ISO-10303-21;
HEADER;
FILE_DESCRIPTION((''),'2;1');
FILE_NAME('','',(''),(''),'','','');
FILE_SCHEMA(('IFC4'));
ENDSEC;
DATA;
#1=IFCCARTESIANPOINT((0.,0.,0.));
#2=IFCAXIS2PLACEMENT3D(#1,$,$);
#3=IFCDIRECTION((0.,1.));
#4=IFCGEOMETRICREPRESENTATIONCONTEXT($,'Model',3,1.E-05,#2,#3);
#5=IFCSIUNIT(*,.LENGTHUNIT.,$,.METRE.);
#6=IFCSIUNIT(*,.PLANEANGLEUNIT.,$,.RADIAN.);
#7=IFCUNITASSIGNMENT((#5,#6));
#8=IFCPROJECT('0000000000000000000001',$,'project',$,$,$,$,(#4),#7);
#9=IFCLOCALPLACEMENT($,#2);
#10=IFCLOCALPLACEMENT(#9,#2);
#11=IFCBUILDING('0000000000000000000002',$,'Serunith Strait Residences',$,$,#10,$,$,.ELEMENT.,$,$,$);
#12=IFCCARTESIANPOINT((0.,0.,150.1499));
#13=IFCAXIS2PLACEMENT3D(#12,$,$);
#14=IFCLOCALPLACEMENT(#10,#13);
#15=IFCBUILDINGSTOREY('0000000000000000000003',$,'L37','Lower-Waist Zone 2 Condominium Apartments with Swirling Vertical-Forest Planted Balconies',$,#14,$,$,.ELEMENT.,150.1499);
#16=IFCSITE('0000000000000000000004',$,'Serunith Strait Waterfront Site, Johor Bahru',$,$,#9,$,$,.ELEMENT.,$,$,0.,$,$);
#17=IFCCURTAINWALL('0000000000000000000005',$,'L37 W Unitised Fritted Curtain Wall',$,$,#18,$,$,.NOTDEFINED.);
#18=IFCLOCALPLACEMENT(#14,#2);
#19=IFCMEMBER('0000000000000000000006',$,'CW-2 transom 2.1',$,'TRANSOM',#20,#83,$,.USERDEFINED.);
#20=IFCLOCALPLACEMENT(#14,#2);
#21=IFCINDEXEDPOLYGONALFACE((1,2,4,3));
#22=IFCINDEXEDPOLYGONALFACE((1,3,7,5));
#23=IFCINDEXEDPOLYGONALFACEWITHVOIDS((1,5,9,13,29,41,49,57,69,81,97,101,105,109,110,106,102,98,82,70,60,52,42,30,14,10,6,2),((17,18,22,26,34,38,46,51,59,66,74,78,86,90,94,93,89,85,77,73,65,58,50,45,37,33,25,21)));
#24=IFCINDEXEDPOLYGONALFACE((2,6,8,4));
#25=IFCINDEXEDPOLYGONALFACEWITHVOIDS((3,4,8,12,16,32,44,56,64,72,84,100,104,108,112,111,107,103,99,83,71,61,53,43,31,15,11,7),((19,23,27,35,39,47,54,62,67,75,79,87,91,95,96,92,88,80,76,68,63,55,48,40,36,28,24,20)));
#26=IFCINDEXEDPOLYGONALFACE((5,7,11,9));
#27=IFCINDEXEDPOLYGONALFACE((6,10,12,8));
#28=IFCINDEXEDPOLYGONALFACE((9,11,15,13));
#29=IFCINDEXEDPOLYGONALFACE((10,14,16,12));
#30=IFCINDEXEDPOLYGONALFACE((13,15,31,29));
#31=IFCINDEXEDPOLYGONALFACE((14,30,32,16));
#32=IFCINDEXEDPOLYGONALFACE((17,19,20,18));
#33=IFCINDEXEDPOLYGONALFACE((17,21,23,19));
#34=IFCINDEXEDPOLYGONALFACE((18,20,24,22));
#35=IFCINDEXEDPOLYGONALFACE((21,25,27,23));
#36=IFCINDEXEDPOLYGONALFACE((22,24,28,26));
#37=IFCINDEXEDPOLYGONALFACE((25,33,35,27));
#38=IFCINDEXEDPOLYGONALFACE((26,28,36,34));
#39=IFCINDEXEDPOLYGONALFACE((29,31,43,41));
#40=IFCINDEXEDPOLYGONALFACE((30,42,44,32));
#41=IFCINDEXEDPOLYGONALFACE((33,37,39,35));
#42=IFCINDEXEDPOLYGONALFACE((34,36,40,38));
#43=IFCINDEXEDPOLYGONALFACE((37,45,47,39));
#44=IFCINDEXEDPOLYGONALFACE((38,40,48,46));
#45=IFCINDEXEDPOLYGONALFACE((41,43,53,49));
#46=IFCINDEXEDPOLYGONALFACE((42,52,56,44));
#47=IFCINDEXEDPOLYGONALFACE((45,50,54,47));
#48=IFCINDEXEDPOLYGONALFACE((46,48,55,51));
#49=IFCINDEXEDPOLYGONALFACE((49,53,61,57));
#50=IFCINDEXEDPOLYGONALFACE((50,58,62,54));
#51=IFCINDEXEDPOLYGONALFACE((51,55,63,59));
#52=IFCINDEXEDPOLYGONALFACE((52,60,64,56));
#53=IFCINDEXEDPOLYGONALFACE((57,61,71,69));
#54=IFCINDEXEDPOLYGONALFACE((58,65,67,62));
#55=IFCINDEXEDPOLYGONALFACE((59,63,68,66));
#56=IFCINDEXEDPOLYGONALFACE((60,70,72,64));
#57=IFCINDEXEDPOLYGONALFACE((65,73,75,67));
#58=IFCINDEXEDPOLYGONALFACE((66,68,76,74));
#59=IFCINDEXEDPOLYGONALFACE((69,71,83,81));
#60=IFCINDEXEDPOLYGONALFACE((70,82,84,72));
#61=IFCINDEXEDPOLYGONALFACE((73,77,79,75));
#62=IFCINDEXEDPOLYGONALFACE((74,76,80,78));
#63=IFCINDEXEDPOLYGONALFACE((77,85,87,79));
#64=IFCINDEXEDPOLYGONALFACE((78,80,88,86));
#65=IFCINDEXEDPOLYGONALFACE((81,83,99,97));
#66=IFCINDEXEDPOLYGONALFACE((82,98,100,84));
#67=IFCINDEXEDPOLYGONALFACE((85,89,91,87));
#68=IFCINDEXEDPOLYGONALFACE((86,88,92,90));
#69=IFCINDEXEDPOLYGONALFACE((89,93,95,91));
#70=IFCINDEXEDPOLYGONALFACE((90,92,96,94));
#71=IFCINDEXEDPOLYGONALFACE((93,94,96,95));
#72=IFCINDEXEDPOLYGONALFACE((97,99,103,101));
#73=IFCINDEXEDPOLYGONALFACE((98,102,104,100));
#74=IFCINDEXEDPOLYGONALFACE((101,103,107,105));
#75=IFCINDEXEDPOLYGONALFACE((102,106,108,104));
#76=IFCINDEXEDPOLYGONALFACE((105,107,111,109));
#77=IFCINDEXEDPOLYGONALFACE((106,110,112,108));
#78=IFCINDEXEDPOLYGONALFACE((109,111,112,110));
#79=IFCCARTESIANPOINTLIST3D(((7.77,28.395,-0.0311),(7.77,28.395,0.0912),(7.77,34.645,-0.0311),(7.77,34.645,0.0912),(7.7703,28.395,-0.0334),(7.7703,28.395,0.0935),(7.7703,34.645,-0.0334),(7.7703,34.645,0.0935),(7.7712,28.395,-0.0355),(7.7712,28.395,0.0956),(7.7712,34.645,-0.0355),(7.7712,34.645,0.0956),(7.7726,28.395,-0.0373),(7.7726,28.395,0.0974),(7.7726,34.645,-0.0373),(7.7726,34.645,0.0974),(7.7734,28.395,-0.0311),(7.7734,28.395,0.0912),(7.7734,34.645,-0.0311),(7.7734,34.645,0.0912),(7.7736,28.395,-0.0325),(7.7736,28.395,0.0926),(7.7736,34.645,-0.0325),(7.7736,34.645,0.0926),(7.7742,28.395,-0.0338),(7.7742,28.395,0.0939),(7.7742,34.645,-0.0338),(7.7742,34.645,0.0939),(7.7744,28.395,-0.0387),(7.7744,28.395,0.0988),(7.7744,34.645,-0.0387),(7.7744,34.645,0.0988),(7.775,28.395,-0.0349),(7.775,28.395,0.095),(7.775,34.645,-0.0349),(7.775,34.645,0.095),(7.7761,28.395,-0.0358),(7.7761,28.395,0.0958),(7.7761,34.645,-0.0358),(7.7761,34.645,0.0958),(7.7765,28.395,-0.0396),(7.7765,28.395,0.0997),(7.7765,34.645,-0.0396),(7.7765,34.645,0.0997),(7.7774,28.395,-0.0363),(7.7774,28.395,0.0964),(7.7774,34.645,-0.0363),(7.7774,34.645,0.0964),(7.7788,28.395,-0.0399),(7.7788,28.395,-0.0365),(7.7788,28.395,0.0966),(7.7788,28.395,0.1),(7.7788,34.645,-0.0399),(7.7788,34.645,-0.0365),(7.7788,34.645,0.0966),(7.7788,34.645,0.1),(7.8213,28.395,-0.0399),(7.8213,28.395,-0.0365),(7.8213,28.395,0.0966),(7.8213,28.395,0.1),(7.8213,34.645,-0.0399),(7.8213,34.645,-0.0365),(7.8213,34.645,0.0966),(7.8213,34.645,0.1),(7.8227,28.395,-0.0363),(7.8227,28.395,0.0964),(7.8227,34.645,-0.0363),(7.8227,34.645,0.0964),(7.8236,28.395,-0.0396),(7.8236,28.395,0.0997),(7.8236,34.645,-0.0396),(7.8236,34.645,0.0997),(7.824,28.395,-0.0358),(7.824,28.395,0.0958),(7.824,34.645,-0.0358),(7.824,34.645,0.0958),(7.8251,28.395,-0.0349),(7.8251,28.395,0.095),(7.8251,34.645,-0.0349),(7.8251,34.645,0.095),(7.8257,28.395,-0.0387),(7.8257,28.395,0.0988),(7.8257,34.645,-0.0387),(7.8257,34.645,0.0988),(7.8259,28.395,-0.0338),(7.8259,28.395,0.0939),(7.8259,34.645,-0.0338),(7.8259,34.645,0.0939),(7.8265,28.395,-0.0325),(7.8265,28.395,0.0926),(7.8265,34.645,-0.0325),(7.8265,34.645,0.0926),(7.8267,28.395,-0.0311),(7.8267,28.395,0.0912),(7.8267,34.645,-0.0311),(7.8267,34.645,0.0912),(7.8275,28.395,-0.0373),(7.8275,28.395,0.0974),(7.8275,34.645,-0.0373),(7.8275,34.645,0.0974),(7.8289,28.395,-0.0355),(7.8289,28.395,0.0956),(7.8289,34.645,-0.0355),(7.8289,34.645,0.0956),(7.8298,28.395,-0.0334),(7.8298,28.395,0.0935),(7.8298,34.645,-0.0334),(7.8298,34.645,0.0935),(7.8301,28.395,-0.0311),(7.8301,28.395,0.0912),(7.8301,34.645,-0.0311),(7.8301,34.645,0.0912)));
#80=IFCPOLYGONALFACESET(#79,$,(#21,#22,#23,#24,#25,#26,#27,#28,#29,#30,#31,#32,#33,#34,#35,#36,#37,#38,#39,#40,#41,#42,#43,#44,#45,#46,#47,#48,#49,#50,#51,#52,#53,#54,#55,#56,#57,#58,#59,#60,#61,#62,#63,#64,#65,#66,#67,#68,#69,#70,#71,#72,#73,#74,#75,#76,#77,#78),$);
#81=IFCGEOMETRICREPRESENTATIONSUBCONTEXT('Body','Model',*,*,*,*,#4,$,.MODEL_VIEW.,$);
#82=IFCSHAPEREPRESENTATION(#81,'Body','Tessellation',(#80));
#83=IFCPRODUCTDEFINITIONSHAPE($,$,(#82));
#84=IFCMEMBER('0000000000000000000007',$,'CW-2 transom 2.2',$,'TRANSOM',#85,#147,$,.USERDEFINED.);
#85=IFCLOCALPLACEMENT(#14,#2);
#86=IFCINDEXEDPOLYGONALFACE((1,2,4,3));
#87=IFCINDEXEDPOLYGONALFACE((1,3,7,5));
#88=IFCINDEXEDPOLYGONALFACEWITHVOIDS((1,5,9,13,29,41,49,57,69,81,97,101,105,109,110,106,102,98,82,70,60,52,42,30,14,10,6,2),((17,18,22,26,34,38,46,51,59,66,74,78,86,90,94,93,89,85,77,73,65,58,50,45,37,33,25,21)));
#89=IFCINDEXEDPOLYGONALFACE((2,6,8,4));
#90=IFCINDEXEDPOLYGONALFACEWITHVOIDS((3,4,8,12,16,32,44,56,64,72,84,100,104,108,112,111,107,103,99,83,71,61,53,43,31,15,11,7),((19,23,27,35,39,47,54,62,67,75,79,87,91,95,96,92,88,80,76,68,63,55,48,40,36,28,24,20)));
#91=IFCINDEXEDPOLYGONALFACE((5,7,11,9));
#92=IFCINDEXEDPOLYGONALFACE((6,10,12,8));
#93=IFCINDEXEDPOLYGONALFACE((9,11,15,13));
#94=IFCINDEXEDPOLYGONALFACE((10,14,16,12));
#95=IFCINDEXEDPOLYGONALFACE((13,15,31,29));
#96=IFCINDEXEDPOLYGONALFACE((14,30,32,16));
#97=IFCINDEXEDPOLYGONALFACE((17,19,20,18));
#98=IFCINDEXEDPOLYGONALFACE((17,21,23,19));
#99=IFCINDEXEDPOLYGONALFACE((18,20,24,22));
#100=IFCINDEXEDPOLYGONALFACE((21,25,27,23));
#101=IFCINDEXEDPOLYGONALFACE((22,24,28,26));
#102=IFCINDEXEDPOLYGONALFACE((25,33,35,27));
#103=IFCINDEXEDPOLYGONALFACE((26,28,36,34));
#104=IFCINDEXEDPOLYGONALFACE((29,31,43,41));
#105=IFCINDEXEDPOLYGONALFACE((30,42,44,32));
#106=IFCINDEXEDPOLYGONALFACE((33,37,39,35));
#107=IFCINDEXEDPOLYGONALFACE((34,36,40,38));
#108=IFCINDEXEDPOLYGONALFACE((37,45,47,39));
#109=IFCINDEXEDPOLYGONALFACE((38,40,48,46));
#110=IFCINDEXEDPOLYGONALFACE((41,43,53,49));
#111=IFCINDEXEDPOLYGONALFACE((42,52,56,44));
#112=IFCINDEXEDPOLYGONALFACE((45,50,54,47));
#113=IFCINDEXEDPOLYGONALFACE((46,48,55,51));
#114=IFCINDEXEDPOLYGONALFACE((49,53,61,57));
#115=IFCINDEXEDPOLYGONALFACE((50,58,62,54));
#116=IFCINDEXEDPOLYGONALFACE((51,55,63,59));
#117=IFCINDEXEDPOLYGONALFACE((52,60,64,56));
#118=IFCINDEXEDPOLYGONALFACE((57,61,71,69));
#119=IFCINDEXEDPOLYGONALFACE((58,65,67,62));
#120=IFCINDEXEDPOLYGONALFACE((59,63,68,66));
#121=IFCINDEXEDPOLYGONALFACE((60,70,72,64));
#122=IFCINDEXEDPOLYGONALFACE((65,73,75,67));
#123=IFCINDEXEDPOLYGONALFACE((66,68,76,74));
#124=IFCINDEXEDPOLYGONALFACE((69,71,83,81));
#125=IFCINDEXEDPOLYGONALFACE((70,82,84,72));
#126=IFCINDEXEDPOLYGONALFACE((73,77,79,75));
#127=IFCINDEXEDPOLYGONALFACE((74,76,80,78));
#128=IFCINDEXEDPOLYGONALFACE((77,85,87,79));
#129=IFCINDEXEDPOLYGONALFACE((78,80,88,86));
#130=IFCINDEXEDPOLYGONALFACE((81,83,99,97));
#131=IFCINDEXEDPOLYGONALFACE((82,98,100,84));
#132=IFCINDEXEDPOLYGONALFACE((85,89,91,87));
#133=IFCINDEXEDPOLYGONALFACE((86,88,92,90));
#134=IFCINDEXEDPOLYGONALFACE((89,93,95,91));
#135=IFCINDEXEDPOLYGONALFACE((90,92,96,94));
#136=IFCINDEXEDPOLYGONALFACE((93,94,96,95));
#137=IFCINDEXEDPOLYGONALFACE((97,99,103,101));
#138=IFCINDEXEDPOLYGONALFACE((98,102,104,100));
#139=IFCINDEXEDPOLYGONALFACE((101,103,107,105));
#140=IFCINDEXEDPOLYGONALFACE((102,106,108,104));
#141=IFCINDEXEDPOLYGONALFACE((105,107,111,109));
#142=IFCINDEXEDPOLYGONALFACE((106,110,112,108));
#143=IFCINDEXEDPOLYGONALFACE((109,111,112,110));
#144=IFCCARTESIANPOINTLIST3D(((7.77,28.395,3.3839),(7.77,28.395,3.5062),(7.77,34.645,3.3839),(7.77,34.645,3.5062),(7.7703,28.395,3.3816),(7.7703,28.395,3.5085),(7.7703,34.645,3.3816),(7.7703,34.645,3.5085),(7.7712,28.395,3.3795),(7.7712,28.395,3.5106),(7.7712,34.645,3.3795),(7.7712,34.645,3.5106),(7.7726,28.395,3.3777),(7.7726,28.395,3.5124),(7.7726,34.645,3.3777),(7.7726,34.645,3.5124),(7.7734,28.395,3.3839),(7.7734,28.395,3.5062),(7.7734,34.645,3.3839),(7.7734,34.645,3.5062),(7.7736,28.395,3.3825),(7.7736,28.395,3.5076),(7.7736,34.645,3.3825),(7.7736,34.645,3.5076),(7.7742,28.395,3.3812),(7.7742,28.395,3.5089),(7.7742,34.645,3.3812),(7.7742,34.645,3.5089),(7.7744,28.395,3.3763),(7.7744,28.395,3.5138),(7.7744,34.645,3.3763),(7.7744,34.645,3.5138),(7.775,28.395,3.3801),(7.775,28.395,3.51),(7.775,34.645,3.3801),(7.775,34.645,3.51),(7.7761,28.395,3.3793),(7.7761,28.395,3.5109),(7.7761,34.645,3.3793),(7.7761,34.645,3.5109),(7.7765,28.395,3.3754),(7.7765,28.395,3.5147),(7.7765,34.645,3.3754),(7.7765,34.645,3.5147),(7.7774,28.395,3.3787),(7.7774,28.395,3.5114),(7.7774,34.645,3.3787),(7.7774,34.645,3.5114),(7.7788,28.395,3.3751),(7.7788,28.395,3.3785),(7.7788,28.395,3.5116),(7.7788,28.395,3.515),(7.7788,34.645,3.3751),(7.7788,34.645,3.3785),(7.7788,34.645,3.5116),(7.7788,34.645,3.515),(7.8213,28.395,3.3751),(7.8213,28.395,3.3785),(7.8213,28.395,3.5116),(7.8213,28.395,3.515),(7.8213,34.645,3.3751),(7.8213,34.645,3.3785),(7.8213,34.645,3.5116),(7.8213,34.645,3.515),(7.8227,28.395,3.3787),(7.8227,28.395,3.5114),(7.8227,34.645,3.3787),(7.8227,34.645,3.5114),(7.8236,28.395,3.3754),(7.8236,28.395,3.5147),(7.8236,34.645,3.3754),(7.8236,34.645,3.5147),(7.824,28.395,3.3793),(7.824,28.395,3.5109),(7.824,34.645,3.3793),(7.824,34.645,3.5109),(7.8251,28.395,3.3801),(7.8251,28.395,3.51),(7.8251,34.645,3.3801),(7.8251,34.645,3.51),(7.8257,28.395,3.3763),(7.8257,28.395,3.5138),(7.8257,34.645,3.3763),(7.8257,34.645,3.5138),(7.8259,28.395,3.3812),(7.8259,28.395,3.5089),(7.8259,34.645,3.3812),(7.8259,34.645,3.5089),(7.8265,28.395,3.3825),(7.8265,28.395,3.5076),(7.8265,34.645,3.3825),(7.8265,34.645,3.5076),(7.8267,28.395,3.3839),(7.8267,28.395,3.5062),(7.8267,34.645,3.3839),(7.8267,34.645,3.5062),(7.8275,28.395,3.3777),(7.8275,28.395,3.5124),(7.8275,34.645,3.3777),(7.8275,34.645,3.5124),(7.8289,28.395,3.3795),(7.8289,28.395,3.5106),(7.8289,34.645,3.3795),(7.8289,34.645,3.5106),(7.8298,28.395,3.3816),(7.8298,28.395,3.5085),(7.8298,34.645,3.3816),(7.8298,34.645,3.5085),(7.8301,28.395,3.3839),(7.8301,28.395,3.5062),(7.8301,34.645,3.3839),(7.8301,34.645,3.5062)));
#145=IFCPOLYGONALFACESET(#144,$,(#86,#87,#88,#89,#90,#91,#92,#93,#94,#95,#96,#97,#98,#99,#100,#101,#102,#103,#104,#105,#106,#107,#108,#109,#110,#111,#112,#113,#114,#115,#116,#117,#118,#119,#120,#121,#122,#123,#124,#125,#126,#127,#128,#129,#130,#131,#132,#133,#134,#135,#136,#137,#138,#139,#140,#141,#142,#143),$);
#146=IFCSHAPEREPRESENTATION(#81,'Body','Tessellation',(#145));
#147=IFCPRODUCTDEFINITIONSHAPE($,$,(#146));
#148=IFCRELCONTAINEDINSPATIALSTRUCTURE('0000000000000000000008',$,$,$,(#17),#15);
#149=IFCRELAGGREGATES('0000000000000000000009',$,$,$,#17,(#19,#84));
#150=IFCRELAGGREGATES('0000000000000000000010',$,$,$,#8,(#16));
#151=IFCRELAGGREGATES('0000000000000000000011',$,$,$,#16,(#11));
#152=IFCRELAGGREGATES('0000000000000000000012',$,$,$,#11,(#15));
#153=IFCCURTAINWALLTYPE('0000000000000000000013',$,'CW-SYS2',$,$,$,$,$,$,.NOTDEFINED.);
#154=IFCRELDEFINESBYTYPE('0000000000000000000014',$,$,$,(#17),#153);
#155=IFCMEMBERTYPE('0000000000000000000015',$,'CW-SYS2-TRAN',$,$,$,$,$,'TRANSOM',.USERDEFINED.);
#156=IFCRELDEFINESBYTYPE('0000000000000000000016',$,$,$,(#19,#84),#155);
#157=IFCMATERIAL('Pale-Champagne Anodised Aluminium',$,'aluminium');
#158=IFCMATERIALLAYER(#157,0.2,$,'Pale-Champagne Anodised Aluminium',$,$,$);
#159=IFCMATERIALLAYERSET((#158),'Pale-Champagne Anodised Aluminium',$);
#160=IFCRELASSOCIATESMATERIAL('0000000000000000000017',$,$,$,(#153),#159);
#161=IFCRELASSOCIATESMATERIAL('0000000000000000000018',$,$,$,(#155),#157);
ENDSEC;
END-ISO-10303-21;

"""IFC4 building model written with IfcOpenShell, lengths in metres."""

from ifc_helpers import new_model, si_unit, direction, frame, origin, origin_2d, place, context, subcontext, project, spatial, hollow_rectangle, extrude, source, transform, mapped, material, layer, layer_set, material_profile, profile_set, type_object, element, aggregate, save


model = new_model("IFC4")

# Units and contexts
model_context = context("Model", 3, precision=1e-05, world=origin(), true_north=direction((0.0, 1.0)))
body_context = subcontext(model_context, "Body", "Model", "MODEL_VIEW")
ifc_project = project(units=[si_unit("LENGTHUNIT", "METRE"), si_unit("PLANEANGLEUNIT", "RADIAN")], contexts=[model_context])

# Site, building, storey
site_placement = place(None, origin())
site = spatial("IfcSite", under=ifc_project, at=site_placement, Name="Serunith Strait Waterfront Site, Johor Bahru", CompositionType="ELEMENT", RefElevation=0.0)
building_placement = place(site_placement, origin())
building = spatial("IfcBuilding", under=site, at=building_placement, Name="Serunith Strait Residences", CompositionType="ELEMENT")
storey_placement = place(building_placement, frame((0.0, 0.0, 150.1499)))
storey = spatial("IfcBuildingStorey", under=building, at=storey_placement, Name="L37", Description="Lower-Waist Zone 2 Condominium Apartments with Swirling Vertical-Forest Planted Balconies", CompositionType="ELEMENT", Elevation=150.1499)

# Curtain wall, members
ifc_material_1 = material(Name="Pale-Champagne Anodised Aluminium", Category="aluminium")
ifc_layer_1 = layer(ifc_material_1, 0.2, Name="Pale-Champagne Anodised Aluminium")
ifc_layer_set_1 = layer_set([ifc_layer_1], Name="Pale-Champagne Anodised Aluminium")
curtain_wall_type = type_object("IfcCurtainWallType", Name="CW-SYS2", PredefinedType="NOTDEFINED", material=ifc_layer_set_1)
curtain_wall_placement = place(storey_placement, origin())
curtain_wall = element("IfcCurtainWall", 1, at=curtain_wall_placement, inside=storey, type_object=curtain_wall_type, Name="L37 W Unitised Fritted Curtain Wall", PredefinedType="NOTDEFINED")
ifc_material_profile_1 = material_profile(ifc_material_1, hollow_rectangle(XDim=0.0601, YDim=0.1399, WallThickness=0.0034, InnerFilletRadius=0.0054, OuterFilletRadius=0.0088, at=origin_2d()), Name="ALU 140x60x3.5")
ifc_profile_set_1 = profile_set([ifc_material_profile_1], Name="Pale-Champagne Anodised Aluminium")
member_type_1 = type_object("IfcMemberType", Name="CW-SYS2-TRAN", ElementType="TRANSOM", PredefinedType="USERDEFINED", material=ifc_profile_set_1)
shared_shape_1 = source(origin(), body_context, "Body", "SweptSolid", [
    extrude(hollow_rectangle(XDim=0.0601, YDim=0.1399, WallThickness=0.0034, InnerFilletRadius=0.0054, OuterFilletRadius=0.0088, at=origin_2d()), origin(), (0.0, 0.0, 1.0), 6.25),
])
member_1_placement = place(storey_placement, frame((7.8, 34.645, 0.03), z_axis=(0.0, -1.0, 0.0), x_axis=(1.0, 0.0, 0.0)))
member_1 = element("IfcMember", 2, at=member_1_placement, type_object=member_type_1, Name="CW-2 transom 2.1", ObjectType="TRANSOM", PredefinedType="USERDEFINED", context=body_context, shape_type="MappedRepresentation", body=[
    mapped(shared_shape_1, transform((0.0, 0.0, 0.0), scale=1.0)),
])
member_2_placement = place(storey_placement, frame((7.8, 34.645, 3.4451), z_axis=(0.0, -1.0, 0.0), x_axis=(1.0, 0.0, 0.0)))
member_2 = element("IfcMember", 3, at=member_2_placement, type_object=member_type_1, Name="CW-2 transom 2.2", ObjectType="TRANSOM", PredefinedType="USERDEFINED", context=body_context, shape_type="MappedRepresentation", body=[
    mapped(shared_shape_1, transform((0.0, 0.0, 0.0), scale=1.0)),
])
aggregate(curtain_wall, [member_1, member_2])

save(model, "model.ifc")
